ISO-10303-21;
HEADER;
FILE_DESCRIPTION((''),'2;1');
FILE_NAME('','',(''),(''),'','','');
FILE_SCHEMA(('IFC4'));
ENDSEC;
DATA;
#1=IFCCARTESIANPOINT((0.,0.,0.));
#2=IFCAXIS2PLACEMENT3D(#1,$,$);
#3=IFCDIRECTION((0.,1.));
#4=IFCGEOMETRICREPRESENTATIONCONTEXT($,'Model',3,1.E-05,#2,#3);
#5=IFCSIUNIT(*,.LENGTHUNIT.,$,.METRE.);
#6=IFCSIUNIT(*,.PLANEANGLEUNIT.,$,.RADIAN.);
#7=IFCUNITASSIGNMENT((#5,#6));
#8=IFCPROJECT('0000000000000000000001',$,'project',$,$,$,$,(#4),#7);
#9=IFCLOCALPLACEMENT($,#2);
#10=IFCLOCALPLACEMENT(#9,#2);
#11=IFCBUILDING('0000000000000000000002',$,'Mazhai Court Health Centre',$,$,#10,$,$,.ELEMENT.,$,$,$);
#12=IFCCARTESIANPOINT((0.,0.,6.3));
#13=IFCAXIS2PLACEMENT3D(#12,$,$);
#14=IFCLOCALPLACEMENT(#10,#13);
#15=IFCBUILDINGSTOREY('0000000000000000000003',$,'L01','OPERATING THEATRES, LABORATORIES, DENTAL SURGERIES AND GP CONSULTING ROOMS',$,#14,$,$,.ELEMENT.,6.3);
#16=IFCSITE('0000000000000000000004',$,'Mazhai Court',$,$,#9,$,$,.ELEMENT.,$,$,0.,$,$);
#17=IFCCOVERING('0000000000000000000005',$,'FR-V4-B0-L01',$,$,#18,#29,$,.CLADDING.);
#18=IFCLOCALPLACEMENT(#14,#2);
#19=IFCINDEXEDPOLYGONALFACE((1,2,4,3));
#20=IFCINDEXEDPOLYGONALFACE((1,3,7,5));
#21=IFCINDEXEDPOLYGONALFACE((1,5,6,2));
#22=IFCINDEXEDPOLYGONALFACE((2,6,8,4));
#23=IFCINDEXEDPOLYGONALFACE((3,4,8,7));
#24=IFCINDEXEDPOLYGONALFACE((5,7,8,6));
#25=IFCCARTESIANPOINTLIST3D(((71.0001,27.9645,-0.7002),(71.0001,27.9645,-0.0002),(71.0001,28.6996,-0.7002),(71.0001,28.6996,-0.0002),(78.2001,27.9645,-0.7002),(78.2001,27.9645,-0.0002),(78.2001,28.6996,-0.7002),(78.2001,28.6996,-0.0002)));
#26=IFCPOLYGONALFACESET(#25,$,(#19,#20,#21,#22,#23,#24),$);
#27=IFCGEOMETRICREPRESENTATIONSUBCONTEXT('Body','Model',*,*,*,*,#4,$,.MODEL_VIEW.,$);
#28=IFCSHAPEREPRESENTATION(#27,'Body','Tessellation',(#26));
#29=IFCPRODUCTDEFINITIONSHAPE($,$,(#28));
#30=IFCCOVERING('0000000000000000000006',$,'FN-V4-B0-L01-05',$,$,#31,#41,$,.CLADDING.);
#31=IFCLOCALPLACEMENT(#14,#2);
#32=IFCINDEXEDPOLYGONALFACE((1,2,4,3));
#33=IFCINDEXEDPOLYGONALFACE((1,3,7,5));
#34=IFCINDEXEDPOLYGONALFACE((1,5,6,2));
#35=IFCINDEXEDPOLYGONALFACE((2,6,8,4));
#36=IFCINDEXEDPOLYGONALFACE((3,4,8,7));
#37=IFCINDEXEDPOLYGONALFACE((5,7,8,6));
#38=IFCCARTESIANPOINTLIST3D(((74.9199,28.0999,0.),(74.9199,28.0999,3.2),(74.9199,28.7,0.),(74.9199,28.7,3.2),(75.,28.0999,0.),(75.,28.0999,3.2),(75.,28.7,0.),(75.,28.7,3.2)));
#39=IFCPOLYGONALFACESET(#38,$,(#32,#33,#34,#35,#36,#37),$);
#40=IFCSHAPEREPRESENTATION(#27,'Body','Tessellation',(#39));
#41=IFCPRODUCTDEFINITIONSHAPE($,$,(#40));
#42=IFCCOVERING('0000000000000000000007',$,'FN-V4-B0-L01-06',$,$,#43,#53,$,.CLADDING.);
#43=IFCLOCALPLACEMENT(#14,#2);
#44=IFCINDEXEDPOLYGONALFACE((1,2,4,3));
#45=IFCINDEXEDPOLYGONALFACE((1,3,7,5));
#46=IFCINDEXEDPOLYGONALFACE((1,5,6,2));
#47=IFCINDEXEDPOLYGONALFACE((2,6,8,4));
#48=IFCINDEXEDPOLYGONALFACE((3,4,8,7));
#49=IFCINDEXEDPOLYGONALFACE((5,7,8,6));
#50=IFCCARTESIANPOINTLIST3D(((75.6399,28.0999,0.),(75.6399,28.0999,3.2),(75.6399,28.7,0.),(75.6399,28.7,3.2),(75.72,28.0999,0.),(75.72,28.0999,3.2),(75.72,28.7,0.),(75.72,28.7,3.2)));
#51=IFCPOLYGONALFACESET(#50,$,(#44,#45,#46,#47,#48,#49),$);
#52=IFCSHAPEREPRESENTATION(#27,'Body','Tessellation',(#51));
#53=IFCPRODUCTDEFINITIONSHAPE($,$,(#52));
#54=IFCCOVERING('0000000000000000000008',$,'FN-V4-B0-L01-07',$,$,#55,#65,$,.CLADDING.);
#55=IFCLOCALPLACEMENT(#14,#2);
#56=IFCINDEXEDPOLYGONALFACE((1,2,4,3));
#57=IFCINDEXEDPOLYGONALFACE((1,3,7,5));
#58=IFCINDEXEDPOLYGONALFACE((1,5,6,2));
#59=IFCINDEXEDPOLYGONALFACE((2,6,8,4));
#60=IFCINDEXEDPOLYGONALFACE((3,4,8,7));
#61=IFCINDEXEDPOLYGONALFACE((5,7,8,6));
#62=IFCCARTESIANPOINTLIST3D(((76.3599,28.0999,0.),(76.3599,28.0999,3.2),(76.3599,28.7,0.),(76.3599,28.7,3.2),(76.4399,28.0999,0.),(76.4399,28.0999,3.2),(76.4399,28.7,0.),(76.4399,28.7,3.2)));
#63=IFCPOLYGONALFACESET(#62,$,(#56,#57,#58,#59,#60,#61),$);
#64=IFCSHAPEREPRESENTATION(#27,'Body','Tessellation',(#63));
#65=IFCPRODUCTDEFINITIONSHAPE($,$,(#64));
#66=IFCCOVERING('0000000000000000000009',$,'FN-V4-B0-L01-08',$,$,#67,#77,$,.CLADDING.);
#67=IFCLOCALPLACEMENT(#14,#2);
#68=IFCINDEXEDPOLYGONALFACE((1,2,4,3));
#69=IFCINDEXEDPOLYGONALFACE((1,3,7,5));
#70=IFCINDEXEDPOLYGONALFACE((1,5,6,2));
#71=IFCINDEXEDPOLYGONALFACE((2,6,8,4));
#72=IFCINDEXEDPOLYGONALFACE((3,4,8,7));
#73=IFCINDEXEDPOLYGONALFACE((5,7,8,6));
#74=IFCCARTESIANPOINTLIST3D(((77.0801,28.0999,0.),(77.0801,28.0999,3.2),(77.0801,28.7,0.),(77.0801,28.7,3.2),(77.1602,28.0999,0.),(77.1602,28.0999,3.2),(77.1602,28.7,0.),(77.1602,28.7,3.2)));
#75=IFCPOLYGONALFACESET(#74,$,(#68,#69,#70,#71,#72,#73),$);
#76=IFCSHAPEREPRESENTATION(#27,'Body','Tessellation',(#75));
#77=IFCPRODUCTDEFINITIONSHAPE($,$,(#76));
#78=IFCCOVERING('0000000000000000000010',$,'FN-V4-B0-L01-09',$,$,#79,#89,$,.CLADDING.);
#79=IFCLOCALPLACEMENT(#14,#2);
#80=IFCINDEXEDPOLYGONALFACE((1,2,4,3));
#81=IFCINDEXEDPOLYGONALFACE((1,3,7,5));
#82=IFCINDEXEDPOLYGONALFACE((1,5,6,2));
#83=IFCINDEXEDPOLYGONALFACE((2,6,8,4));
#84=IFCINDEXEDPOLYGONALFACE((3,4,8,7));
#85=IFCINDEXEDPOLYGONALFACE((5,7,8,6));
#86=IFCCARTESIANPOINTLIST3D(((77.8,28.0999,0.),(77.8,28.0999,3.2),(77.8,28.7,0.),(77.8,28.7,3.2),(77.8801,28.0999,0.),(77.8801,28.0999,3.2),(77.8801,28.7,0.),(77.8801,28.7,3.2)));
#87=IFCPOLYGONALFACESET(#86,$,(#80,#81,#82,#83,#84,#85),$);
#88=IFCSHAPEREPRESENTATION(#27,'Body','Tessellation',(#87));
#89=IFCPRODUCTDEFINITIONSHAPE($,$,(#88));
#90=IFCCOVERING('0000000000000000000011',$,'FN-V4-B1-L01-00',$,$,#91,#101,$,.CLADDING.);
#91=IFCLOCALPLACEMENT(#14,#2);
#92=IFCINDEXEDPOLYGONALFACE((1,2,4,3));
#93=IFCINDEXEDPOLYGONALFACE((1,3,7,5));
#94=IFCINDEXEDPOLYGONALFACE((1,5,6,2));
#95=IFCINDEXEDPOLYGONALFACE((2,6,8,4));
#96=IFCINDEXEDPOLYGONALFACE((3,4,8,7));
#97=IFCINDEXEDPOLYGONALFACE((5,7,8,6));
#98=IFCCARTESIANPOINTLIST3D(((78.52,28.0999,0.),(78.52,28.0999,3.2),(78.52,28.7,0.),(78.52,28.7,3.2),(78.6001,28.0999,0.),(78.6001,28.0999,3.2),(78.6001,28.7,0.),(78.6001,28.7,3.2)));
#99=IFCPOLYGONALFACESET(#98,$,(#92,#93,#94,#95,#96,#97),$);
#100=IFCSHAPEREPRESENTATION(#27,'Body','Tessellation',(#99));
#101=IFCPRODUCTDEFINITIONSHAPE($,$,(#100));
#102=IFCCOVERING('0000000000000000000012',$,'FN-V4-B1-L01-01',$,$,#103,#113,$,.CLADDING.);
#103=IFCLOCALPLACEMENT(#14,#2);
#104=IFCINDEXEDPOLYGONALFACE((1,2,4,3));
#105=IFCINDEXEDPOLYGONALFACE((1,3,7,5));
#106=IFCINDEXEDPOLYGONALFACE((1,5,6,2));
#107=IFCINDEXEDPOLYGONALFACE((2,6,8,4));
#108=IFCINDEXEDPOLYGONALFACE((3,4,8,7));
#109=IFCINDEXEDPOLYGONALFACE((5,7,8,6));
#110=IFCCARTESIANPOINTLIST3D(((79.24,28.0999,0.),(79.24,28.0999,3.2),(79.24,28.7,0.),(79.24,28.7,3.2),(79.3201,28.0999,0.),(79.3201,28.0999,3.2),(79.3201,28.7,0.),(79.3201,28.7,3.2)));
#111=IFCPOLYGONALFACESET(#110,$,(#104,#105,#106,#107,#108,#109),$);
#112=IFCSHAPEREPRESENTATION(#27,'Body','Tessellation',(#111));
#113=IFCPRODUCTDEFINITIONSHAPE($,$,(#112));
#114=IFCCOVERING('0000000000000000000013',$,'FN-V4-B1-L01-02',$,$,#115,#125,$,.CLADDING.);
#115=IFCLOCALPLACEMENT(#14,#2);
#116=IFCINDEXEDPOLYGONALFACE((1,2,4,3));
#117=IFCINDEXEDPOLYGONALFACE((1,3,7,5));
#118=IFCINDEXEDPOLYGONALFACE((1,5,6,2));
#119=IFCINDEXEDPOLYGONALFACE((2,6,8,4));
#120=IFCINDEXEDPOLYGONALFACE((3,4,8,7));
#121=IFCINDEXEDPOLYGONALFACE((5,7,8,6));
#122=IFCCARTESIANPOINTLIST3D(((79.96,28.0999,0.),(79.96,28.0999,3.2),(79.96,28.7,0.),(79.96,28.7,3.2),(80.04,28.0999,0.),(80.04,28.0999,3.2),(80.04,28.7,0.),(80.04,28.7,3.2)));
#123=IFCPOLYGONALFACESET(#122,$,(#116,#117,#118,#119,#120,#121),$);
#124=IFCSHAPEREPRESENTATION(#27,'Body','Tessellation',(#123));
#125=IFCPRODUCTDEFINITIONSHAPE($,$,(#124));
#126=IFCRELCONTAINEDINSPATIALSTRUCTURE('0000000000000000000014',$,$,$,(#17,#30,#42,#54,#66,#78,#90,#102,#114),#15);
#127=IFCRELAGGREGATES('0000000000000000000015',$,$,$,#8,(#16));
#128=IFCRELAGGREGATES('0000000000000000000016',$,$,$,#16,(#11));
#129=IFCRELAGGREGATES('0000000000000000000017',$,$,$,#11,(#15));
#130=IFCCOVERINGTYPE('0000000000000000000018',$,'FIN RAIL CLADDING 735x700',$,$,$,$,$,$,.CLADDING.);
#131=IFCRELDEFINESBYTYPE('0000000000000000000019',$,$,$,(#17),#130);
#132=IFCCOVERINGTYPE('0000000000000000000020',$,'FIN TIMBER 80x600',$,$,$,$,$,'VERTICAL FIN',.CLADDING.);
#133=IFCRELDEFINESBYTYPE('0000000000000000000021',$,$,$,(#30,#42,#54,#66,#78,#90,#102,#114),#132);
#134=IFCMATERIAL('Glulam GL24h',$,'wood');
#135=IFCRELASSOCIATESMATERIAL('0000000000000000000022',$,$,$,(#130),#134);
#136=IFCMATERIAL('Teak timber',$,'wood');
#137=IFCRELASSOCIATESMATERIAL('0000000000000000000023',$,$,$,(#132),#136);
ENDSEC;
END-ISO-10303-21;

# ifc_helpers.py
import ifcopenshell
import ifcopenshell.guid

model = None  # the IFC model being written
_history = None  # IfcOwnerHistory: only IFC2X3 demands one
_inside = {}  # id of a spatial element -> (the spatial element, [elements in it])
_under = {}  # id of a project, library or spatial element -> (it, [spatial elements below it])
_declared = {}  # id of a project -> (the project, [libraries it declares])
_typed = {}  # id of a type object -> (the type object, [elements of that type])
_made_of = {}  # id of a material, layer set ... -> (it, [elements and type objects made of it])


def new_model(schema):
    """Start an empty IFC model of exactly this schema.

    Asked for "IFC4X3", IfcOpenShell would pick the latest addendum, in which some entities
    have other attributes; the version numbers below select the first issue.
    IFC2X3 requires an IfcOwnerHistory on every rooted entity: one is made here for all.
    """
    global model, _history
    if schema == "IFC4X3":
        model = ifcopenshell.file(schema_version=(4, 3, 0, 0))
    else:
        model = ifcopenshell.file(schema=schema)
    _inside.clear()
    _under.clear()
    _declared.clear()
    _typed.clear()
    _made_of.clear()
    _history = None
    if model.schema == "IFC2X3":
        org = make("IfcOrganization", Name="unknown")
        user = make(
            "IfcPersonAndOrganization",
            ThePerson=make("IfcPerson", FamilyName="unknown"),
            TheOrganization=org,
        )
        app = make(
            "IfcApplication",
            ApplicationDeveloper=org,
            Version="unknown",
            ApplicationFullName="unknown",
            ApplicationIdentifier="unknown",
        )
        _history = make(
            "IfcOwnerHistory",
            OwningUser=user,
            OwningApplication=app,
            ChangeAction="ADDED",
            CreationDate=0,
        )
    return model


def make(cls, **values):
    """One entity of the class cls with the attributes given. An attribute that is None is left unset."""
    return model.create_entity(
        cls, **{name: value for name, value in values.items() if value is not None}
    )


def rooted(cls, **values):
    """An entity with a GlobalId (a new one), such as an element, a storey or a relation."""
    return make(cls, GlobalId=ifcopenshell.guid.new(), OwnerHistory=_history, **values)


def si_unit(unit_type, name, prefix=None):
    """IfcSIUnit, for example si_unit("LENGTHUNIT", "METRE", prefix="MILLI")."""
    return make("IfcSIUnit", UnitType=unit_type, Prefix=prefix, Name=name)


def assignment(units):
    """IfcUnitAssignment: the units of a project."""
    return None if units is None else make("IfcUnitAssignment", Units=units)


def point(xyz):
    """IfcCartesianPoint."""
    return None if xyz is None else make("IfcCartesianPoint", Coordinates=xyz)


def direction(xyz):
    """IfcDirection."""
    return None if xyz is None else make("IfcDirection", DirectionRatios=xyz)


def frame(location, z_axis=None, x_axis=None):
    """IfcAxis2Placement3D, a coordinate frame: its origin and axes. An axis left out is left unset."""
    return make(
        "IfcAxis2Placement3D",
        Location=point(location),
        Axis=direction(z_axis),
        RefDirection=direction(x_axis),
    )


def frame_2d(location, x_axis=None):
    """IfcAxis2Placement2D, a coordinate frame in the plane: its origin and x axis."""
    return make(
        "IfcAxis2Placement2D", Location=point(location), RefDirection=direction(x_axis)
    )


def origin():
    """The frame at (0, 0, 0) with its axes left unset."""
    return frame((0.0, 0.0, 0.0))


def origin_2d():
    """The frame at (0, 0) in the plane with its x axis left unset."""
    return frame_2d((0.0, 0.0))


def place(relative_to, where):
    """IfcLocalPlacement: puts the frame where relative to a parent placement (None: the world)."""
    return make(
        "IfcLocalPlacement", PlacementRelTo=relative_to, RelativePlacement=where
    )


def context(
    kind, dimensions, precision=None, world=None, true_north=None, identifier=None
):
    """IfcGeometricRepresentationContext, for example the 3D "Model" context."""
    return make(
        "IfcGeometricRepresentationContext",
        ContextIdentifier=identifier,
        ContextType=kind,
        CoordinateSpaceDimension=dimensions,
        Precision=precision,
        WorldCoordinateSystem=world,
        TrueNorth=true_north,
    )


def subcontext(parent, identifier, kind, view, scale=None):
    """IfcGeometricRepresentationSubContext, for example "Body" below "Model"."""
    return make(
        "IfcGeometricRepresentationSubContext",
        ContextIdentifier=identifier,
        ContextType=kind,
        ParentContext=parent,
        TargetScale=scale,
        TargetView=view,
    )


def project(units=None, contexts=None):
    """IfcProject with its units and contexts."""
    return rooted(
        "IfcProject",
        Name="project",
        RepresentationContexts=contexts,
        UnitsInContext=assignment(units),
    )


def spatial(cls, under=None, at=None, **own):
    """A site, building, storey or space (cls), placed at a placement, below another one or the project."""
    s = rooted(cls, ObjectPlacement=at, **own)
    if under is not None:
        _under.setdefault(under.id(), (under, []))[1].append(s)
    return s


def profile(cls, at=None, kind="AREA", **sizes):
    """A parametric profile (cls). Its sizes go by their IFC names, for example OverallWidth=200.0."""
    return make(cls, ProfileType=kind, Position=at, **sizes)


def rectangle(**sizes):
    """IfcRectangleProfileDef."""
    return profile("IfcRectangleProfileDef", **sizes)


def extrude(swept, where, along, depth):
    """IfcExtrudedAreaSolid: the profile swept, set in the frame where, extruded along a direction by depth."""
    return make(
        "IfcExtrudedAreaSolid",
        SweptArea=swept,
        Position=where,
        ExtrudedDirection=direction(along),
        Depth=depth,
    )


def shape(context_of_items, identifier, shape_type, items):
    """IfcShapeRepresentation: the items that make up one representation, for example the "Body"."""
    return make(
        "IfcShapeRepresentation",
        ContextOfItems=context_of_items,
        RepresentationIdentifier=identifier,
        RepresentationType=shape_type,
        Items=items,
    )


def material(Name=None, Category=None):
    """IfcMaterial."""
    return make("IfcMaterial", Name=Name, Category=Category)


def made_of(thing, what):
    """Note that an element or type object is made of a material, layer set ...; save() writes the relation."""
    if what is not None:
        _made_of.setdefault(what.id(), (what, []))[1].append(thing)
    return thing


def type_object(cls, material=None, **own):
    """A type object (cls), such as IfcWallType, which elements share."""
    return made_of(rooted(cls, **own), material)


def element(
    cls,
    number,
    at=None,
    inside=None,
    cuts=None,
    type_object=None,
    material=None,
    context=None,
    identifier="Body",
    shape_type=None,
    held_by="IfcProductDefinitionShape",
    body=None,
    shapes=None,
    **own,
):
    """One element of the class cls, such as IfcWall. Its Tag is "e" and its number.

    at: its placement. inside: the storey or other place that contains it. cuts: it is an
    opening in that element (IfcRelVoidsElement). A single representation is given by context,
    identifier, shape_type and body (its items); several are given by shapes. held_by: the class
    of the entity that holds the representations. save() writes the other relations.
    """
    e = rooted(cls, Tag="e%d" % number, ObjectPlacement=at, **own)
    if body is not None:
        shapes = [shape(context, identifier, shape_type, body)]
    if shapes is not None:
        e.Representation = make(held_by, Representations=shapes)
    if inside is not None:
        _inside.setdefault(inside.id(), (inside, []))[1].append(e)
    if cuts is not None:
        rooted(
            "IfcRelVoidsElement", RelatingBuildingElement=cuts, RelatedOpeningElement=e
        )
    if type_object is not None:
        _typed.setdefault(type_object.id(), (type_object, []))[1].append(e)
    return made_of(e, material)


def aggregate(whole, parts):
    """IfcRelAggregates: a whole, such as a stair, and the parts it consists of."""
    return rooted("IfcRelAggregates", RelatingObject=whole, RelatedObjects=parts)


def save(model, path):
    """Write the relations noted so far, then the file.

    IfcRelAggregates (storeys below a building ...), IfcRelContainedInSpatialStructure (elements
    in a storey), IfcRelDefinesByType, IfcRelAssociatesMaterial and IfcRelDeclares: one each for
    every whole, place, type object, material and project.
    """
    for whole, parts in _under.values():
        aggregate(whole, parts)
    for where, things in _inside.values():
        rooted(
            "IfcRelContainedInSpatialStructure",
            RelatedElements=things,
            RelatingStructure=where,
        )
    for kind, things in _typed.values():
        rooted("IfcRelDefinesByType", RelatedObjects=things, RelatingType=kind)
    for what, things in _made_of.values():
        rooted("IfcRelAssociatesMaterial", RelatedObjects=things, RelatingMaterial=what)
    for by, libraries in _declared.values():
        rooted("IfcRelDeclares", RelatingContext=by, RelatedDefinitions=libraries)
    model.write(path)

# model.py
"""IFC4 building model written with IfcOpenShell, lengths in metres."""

from ifc_helpers import new_model, si_unit, direction, frame, origin, origin_2d, place, context, subcontext, project, spatial, rectangle, extrude, material, type_object, element, save


model = new_model("IFC4")

# Units and contexts
model_context = context("Model", 3, precision=1e-05, world=origin(), true_north=direction((0.0, 1.0)))
body_context = subcontext(model_context, "Body", "Model", "MODEL_VIEW")
ifc_project = project(units=[si_unit("LENGTHUNIT", "METRE"), si_unit("PLANEANGLEUNIT", "RADIAN")], contexts=[model_context])

# Site, building, storey
site_placement = place(None, origin())
site = spatial("IfcSite", under=ifc_project, at=site_placement, Name="Mazhai Court", CompositionType="ELEMENT", RefElevation=0.0)
building_placement = place(site_placement, origin())
building = spatial("IfcBuilding", under=site, at=building_placement, Name="Mazhai Court Health Centre", CompositionType="ELEMENT")
storey_placement = place(building_placement, frame((0.0, 0.0, 6.3)))
storey = spatial("IfcBuildingStorey", under=building, at=storey_placement, Name="L01", Description="OPERATING THEATRES, LABORATORIES, DENTAL SURGERIES AND GP CONSULTING ROOMS", CompositionType="ELEMENT", Elevation=6.3)

# Coverings
ifc_material_1 = material(Name="Glulam GL24h", Category="wood")
covering_type_1 = type_object("IfcCoveringType", Name="FIN RAIL CLADDING 735x700", PredefinedType="CLADDING", material=ifc_material_1)
covering_placement = place(storey_placement, frame((74.6001, 28.332, -0.7002), z_axis=(0.0, 0.0, 1.0), x_axis=(1.0, 0.0, 0.0)))
element("IfcCovering", 1, at=covering_placement, inside=storey, type_object=covering_type_1, Name="FR-V4-B0-L01", PredefinedType="CLADDING", context=body_context, shape_type="SweptSolid", body=[
    extrude(rectangle(XDim=7.2, YDim=0.7351, at=origin_2d()), origin(), (0.0, 0.0, 1.0), 0.7),
])
ifc_material_2 = material(Name="Teak timber", Category="wood")
covering_type_2 = type_object("IfcCoveringType", Name="FIN TIMBER 80x600", ElementType="VERTICAL FIN", PredefinedType="CLADDING", material=ifc_material_2)
for number, where, z_axis, x_axis, name in (
    (2, (74.96, 28.3999, 0.0), (0.0, 0.0, 1.0), (1.0, 0.0, 0.0), "FN-V4-B0-L01-05"),
    (3, (75.6799, 28.3999, 0.0), (0.0, 0.0, 1.0), (1.0, 0.0, 0.0), "FN-V4-B0-L01-06"),
    (4, (76.3999, 28.3999, 0.0), (0.0, 0.0, 1.0), (1.0, 0.0, 0.0), "FN-V4-B0-L01-07"),
    (5, (77.1201, 28.3999, 0.0), (0.0, 0.0, 1.0), (1.0, 0.0, 0.0), "FN-V4-B0-L01-08"),
    (6, (77.8401, 28.3999, 0.0), (0.0, 0.0, 1.0), (1.0, 0.0, 0.0), "FN-V4-B0-L01-09"),
    (7, (78.5601, 28.3999, 0.0), (0.0, 0.0, 1.0), (1.0, 0.0, 0.0), "FN-V4-B1-L01-00"),
    (8, (79.28, 28.3999, 0.0), (0.0, 0.0, 1.0), (1.0, 0.0, 0.0), "FN-V4-B1-L01-01"),
    (9, (80.0, 28.3999, 0.0), (0.0, 0.0, 1.0), (1.0, 0.0, 0.0), "FN-V4-B1-L01-02"),
):
    element("IfcCovering", number, at=place(storey_placement, frame(where, z_axis=z_axis, x_axis=x_axis)), inside=storey, type_object=covering_type_2, Name=name, PredefinedType="CLADDING", context=body_context, shape_type="SweptSolid", body=[
        extrude(rectangle(XDim=0.0801, YDim=0.6001, at=origin_2d()), origin(), (0.0, 0.0, 1.0), 3.2),
    ])

save(model, "model.ifc")
